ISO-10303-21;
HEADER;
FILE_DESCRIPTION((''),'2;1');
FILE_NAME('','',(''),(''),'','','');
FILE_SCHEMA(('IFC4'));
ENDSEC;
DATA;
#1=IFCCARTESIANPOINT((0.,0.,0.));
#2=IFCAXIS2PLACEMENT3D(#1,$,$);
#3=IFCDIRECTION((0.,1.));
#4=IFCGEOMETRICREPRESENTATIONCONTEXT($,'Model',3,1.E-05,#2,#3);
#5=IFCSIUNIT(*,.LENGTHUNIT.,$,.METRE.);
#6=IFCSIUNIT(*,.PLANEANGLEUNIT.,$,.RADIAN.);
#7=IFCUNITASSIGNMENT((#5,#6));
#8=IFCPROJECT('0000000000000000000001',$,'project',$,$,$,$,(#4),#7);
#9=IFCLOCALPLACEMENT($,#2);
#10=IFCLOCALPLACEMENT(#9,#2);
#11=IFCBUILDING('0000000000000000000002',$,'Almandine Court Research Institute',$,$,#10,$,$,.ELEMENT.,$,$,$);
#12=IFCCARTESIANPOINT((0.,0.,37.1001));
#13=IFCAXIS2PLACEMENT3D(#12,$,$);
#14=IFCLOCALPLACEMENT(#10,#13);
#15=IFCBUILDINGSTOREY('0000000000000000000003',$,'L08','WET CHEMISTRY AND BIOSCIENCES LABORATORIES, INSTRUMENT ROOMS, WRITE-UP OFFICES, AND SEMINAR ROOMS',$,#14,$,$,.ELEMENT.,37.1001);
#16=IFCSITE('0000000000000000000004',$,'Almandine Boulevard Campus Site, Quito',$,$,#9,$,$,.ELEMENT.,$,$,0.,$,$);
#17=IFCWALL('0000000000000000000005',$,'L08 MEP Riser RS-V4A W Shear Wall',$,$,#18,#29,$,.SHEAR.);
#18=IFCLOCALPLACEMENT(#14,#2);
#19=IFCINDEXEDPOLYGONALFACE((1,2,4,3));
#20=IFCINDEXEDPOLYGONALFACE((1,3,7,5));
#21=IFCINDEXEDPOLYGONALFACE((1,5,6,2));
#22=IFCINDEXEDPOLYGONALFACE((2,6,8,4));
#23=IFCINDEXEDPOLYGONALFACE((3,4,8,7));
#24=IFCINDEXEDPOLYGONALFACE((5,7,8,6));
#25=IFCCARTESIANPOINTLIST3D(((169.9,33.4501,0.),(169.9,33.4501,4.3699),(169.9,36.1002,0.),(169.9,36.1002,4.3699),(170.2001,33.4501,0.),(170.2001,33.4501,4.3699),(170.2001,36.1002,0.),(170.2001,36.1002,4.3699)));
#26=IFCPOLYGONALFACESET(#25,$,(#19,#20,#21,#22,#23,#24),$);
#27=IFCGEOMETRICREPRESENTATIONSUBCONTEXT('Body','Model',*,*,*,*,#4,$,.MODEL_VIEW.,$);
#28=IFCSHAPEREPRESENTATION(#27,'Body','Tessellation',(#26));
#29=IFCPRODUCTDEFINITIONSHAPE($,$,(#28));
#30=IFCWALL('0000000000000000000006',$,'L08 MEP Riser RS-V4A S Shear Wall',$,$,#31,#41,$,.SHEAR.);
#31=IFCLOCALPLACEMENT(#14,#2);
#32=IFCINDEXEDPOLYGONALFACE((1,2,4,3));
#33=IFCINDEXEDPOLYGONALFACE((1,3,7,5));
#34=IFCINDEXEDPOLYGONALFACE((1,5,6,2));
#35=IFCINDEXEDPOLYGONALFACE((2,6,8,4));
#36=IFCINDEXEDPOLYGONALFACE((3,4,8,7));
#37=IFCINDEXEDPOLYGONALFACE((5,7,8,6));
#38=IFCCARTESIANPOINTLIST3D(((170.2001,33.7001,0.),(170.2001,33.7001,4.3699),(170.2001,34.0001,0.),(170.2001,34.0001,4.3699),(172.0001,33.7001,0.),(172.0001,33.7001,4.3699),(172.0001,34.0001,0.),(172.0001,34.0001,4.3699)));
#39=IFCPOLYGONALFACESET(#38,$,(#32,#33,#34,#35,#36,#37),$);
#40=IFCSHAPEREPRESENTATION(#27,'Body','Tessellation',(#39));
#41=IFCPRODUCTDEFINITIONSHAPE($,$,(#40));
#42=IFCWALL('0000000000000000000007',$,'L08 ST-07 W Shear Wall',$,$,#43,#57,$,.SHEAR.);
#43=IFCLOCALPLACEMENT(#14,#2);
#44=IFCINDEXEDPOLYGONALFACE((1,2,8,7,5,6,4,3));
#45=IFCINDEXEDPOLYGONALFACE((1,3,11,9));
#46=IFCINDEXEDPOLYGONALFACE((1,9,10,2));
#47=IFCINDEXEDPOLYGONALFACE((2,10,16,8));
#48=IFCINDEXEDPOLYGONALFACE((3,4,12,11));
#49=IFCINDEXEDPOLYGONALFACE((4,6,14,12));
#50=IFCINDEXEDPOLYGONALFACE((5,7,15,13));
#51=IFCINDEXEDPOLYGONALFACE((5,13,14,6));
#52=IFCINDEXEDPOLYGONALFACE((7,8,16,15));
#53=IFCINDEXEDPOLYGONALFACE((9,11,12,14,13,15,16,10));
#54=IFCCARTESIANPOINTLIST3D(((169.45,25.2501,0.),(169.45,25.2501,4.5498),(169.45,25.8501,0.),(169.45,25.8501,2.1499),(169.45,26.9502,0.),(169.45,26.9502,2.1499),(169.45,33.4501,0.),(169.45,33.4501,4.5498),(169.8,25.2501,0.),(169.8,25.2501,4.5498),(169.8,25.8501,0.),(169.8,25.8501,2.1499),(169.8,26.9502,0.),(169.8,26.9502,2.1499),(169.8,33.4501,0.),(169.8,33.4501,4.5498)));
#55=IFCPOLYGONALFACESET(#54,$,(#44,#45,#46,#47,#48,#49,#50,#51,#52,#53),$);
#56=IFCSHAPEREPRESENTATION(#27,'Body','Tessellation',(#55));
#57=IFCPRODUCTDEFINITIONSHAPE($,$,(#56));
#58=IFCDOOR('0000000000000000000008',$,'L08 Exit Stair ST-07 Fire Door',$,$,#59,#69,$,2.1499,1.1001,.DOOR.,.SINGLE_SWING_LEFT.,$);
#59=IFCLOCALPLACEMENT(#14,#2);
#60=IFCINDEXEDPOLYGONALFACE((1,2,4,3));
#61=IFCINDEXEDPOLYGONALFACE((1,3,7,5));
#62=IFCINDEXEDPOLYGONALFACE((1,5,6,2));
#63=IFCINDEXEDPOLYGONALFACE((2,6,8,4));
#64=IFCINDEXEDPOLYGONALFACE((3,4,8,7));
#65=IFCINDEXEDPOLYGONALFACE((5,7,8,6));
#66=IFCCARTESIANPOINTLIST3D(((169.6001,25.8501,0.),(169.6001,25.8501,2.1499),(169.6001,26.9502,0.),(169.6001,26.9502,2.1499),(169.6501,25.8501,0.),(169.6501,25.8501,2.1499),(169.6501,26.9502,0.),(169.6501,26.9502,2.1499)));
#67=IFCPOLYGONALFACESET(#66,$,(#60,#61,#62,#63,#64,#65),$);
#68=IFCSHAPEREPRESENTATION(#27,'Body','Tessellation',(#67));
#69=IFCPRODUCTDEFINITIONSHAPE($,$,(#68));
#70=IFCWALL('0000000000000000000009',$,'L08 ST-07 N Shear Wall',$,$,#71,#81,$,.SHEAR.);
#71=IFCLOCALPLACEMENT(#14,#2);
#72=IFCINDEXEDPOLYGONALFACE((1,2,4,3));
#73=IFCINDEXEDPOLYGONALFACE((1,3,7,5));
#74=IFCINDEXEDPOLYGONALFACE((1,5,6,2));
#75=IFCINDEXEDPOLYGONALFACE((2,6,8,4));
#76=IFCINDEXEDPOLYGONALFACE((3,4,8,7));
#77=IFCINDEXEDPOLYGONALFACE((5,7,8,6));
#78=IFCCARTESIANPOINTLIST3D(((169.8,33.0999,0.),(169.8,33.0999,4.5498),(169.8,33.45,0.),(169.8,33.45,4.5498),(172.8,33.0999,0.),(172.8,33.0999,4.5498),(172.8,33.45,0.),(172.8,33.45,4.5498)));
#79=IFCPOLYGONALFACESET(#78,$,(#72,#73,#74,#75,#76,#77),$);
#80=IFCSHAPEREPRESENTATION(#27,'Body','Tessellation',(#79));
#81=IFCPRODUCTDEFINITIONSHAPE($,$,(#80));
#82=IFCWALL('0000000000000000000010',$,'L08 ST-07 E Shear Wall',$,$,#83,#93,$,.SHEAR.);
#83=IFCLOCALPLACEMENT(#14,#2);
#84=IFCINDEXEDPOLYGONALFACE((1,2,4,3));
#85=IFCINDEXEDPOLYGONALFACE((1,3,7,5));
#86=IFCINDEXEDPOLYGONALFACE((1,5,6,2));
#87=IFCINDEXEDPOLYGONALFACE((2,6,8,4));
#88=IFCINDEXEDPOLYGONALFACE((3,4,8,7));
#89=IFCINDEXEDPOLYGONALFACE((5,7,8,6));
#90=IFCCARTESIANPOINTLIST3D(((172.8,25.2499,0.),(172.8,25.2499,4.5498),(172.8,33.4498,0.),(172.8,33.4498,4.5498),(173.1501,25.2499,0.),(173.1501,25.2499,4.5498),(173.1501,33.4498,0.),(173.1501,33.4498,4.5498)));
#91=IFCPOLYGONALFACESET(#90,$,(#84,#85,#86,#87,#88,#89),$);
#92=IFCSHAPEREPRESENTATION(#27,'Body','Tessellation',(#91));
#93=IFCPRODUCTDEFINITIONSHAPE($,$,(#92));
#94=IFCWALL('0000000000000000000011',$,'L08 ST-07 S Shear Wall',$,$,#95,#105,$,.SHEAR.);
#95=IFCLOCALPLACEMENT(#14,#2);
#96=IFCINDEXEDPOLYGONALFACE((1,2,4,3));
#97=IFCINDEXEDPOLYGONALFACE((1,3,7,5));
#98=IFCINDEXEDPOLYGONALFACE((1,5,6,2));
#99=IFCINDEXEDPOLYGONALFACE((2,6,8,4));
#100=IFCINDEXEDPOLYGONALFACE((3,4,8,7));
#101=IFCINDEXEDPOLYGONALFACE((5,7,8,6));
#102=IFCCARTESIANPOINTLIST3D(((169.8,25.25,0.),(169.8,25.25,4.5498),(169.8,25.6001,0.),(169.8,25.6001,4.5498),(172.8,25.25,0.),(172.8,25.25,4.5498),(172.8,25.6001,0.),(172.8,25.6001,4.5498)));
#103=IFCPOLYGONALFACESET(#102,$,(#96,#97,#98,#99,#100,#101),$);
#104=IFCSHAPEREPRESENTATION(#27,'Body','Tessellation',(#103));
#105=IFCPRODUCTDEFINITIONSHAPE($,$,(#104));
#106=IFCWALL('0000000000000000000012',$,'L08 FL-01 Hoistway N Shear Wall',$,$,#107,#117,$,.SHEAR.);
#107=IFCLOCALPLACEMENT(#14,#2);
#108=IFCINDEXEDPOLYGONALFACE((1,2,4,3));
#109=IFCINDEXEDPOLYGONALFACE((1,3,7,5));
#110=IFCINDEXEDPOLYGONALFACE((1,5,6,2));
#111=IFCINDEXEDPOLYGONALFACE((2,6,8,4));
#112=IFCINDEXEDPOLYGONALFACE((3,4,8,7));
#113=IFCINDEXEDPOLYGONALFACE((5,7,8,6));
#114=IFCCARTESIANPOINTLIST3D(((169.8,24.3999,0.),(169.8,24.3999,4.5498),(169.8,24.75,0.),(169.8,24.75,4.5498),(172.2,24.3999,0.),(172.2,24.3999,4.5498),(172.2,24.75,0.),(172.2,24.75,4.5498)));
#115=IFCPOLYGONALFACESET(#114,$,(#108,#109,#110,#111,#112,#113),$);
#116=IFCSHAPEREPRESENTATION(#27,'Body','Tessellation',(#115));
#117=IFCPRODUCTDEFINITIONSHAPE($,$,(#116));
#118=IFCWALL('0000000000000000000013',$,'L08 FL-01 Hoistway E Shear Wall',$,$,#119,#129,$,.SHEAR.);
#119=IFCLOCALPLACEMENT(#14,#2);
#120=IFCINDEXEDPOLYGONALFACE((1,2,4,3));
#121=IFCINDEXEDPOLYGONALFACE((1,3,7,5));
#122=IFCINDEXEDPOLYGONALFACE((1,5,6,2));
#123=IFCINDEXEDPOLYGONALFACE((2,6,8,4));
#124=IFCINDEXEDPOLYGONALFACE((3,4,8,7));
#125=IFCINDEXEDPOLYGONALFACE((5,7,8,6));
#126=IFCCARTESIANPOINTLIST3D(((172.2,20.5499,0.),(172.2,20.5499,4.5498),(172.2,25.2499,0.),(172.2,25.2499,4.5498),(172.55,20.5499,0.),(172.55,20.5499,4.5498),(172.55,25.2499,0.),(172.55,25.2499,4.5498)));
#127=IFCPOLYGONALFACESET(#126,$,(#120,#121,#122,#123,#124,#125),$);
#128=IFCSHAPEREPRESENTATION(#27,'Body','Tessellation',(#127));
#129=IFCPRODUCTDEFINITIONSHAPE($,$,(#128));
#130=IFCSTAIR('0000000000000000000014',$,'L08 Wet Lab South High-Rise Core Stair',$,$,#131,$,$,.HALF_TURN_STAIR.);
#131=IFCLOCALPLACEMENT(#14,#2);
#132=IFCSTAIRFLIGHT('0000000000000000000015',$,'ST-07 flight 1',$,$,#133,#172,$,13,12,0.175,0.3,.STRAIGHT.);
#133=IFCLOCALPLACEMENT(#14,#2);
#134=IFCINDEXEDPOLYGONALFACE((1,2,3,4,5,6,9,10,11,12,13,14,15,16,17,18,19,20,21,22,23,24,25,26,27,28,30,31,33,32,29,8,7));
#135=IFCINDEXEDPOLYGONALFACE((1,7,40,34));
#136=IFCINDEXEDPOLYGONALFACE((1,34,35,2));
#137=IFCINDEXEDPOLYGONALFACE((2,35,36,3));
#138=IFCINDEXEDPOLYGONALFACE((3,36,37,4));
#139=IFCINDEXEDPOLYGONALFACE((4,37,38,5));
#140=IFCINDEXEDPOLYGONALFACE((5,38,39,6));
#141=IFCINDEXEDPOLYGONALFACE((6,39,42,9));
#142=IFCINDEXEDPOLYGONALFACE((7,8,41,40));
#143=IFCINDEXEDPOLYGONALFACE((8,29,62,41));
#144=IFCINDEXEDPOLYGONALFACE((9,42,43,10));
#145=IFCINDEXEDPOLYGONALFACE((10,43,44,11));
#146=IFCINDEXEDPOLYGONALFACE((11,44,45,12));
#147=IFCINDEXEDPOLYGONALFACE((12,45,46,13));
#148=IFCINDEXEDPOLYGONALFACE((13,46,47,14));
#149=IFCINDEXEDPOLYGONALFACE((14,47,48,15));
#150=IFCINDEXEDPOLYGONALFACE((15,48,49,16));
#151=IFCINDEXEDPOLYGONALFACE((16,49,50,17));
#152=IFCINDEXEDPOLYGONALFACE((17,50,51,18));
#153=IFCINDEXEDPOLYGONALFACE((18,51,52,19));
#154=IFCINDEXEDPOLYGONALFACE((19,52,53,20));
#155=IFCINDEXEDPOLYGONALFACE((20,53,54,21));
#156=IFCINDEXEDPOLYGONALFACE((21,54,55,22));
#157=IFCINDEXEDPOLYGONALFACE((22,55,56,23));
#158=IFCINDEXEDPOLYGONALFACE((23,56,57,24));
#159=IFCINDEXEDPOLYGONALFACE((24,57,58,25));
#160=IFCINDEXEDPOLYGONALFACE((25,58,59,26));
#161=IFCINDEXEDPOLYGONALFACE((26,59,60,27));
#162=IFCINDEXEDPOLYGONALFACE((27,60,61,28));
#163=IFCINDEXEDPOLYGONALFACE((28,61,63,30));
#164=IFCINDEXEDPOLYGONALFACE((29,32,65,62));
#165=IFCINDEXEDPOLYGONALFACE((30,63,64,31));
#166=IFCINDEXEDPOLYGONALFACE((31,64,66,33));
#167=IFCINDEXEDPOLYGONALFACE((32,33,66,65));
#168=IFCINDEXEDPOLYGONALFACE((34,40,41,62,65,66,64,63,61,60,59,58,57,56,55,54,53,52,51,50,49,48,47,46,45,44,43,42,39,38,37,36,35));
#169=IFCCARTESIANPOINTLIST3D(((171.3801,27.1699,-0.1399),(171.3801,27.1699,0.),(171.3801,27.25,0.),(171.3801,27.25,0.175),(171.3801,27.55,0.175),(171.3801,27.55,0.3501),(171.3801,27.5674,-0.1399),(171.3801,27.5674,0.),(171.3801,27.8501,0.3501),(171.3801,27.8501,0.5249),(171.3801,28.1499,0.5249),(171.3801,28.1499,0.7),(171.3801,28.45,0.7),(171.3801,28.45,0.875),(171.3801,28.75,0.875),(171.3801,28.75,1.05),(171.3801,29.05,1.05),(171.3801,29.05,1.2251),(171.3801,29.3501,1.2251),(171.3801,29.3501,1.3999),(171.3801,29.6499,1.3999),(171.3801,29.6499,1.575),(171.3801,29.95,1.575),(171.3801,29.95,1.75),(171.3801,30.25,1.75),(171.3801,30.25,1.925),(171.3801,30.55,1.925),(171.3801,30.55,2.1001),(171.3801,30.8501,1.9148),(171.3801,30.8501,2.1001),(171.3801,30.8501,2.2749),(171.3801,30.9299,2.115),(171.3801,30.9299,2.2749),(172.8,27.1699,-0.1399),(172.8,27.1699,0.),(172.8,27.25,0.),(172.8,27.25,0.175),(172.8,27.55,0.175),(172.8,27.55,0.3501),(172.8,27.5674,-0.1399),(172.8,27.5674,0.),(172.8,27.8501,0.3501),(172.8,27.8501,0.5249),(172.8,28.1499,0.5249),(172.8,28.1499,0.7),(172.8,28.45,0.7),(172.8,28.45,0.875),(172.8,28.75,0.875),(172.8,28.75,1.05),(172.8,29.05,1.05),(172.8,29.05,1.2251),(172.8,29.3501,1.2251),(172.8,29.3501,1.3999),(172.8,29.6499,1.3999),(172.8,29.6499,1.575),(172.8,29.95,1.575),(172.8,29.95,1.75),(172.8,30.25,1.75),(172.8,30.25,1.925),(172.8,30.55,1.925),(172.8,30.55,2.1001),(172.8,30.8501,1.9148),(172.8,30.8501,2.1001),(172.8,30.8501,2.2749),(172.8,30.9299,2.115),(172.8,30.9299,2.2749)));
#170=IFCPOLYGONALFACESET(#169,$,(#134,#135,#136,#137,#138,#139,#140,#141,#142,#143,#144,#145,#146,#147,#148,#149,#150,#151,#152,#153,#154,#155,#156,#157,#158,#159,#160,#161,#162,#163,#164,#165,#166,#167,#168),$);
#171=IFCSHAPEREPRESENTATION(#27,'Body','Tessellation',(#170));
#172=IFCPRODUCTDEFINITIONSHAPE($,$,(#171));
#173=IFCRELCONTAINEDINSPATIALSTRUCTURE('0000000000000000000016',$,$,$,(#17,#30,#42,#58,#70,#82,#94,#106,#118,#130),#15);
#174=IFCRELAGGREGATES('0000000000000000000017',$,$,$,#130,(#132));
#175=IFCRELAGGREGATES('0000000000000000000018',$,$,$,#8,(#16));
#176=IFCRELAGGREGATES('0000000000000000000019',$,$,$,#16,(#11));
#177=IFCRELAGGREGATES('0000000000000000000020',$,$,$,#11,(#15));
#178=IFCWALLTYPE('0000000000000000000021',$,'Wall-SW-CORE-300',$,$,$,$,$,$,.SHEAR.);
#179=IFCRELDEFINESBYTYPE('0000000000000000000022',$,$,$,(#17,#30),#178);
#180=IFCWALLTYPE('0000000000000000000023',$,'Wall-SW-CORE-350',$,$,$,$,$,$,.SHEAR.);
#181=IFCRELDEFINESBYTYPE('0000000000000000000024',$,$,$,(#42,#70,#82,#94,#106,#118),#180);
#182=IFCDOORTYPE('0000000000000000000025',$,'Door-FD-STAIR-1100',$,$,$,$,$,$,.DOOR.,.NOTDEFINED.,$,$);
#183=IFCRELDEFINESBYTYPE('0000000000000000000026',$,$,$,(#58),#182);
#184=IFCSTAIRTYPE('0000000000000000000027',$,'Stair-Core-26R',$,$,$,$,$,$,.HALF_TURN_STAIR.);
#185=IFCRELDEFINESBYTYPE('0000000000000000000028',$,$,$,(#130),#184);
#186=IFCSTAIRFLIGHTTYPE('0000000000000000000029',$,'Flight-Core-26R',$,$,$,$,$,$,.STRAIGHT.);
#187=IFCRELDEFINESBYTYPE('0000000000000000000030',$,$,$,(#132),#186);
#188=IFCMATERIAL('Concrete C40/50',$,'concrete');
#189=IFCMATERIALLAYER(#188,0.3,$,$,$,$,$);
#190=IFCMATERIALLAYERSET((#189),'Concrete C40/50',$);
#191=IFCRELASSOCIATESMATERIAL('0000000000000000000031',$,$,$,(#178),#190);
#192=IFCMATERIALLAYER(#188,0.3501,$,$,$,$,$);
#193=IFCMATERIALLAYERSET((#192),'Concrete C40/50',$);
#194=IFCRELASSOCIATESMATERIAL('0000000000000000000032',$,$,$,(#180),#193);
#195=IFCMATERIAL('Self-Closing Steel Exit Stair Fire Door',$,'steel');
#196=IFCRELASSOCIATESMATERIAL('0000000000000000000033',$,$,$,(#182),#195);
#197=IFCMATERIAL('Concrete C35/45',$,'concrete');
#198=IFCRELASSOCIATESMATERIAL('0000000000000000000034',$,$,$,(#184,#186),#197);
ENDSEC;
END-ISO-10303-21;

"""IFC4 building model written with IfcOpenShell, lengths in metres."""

from ifc_helpers import new_model, si_unit, direction, frame, frame_2d, origin, place, context, subcontext, project, spatial, polyline, rectangle, outline, extrude, material, layer, layer_set, type_object, element, fill, aggregate, save


model = new_model("IFC4")

# Units and contexts
model_context = context("Model", 3, precision=1e-05, world=origin(), true_north=direction((0.0, 1.0)))
body_context = subcontext(model_context, "Body", "Model", "MODEL_VIEW")
ifc_project = project(units=[si_unit("LENGTHUNIT", "METRE"), si_unit("PLANEANGLEUNIT", "RADIAN")], contexts=[model_context])

# Site, building, storey
site_placement = place(None, origin())
site = spatial("IfcSite", under=ifc_project, at=site_placement, Name="Almandine Boulevard Campus Site, Quito", CompositionType="ELEMENT", RefElevation=0.0)
building_placement = place(site_placement, origin())
building = spatial("IfcBuilding", under=site, at=building_placement, Name="Almandine Court Research Institute", CompositionType="ELEMENT")
storey_placement = place(building_placement, frame((0.0, 0.0, 37.1001)))
storey = spatial("IfcBuildingStorey", under=building, at=storey_placement, Name="L08", Description="WET CHEMISTRY AND BIOSCIENCES LABORATORIES, INSTRUMENT ROOMS, WRITE-UP OFFICES, AND SEMINAR ROOMS", CompositionType="ELEMENT", Elevation=37.1001)

# Walls
ifc_material_1 = material(Name="Concrete C40/50", Category="concrete")
ifc_layer_1 = layer(ifc_material_1, 0.3)
ifc_layer_set_1 = layer_set([ifc_layer_1], Name="Concrete C40/50")
wall_type_1 = type_object("IfcWallType", Name="Wall-SW-CORE-300", PredefinedType="SHEAR", material=ifc_layer_set_1)
wall_1_placement = place(storey_placement, frame((170.05, 33.45, 0.0), z_axis=(0.0, 0.0, 1.0), x_axis=(0.0, 1.0, 0.0)))
element("IfcWall", 1, at=wall_1_placement, inside=storey, type_object=wall_type_1, Name="L08 MEP Riser RS-V4A W Shear Wall", PredefinedType="SHEAR", context=body_context, shape_type="SweptSolid", body=[
    extrude(rectangle(XDim=2.6501, YDim=0.3, at=frame_2d((1.3252, 0.0))), origin(), (0.0, 0.0, 1.0), 4.3699),
])
wall_2_placement = place(storey_placement, frame((172.0, 33.8501, 0.0), z_axis=(0.0, 0.0, 1.0), x_axis=(-1.0, 0.0, 0.0)))
element("IfcWall", 2, at=wall_2_placement, inside=storey, type_object=wall_type_1, Name="L08 MEP Riser RS-V4A S Shear Wall", PredefinedType="SHEAR", context=body_context, shape_type="SweptSolid", body=[
    extrude(rectangle(XDim=1.8, YDim=0.3, at=frame_2d((0.8999, 0.0))), origin(), (0.0, 0.0, 1.0), 4.3699),
])

# Wall, opening, door
ifc_layer_2 = layer(ifc_material_1, 0.3501)
ifc_layer_set_2 = layer_set([ifc_layer_2], Name="Concrete C40/50")
wall_type_2 = type_object("IfcWallType", Name="Wall-SW-CORE-350", PredefinedType="SHEAR", material=ifc_layer_set_2)
wall_3_placement = place(storey_placement, frame((169.625, 25.25, 0.0), z_axis=(0.0, 0.0, 1.0), x_axis=(0.0, 1.0, 0.0)))
wall_3 = element("IfcWall", 3, at=wall_3_placement, inside=storey, type_object=wall_type_2, Name="L08 ST-07 W Shear Wall", PredefinedType="SHEAR", context=body_context, shape_type="SweptSolid", body=[
    extrude(rectangle(XDim=8.2, YDim=0.3501, at=frame_2d((4.1001, 0.0))), origin(), (0.0, 0.0, 1.0), 4.5498),
])
opening_1_placement = place(wall_3_placement, frame((0.6001, 0.0, 0.0)))
opening_1 = element("IfcOpeningElement", 4, at=opening_1_placement, cuts=wall_3, PredefinedType="OPENING", context=body_context, shape_type="SweptSolid", body=[
    extrude(rectangle(XDim=1.1001, YDim=2.1499, at=frame_2d((0.55, 1.075))), frame((0.0, 0.1851, 0.0), z_axis=(0.0, -1.0, 0.0), x_axis=(1.0, 0.0, 0.0)), (0.0, 0.0, 1.0), 0.3701),
])
ifc_material_2 = material(Name="Self-Closing Steel Exit Stair Fire Door", Category="steel")
door_type = type_object("IfcDoorType", Name="Door-FD-STAIR-1100", OperationType="NOTDEFINED", PredefinedType="DOOR", material=ifc_material_2)
door_placement = place(opening_1_placement, origin())
door = element("IfcDoor", 5, at=door_placement, inside=storey, type_object=door_type, Name="L08 Exit Stair ST-07 Fire Door", OperationType="SINGLE_SWING_LEFT", OverallHeight=2.1499, OverallWidth=1.1001, PredefinedType="DOOR", context=body_context, shape_type="SweptSolid", body=[
    extrude(rectangle(XDim=1.1001, YDim=2.1499, at=frame_2d((0.55, 1.075))), frame((0.0, 0.0249, 0.0), z_axis=(0.0, -1.0, 0.0), x_axis=(1.0, 0.0, 0.0)), (0.0, 0.0, 1.0), 0.05),
])
fill(opening_1, door)

# Walls
wall_4_placement = place(storey_placement, frame((169.8, 33.2749, 0.0), z_axis=(0.0, 0.0, 1.0), x_axis=(1.0, 0.0, 0.0)))
element("IfcWall", 6, at=wall_4_placement, inside=storey, type_object=wall_type_2, Name="L08 ST-07 N Shear Wall", PredefinedType="SHEAR", context=body_context, shape_type="SweptSolid", body=[
    extrude(rectangle(XDim=3.0, YDim=0.3501, at=frame_2d((1.5, 0.0))), origin(), (0.0, 0.0, 1.0), 4.5498),
])
wall_5_placement = place(storey_placement, frame((172.9751, 33.45, 0.0), z_axis=(0.0, 0.0, 1.0), x_axis=(0.0, -1.0, 0.0)))
element("IfcWall", 7, at=wall_5_placement, inside=storey, type_object=wall_type_2, Name="L08 ST-07 E Shear Wall", PredefinedType="SHEAR", context=body_context, shape_type="SweptSolid", body=[
    extrude(rectangle(XDim=8.2, YDim=0.3501, at=frame_2d((4.1001, 0.0))), origin(), (0.0, 0.0, 1.0), 4.5498),
])
wall_6_placement = place(storey_placement, frame((172.8, 25.425, 0.0), z_axis=(0.0, 0.0, 1.0), x_axis=(-1.0, 0.0, 0.0)))
element("IfcWall", 8, at=wall_6_placement, inside=storey, type_object=wall_type_2, Name="L08 ST-07 S Shear Wall", PredefinedType="SHEAR", context=body_context, shape_type="SweptSolid", body=[
    extrude(rectangle(XDim=3.0, YDim=0.3501, at=frame_2d((1.5, 0.0))), origin(), (0.0, 0.0, 1.0), 4.5498),
])
wall_7_placement = place(storey_placement, frame((169.8, 24.575, 0.0), z_axis=(0.0, 0.0, 1.0), x_axis=(1.0, 0.0, 0.0)))
element("IfcWall", 9, at=wall_7_placement, inside=storey, type_object=wall_type_2, Name="L08 FL-01 Hoistway N Shear Wall", PredefinedType="SHEAR", context=body_context, shape_type="SweptSolid", body=[
    extrude(rectangle(XDim=2.3999, YDim=0.3501, at=frame_2d((1.2, 0.0))), origin(), (0.0, 0.0, 1.0), 4.5498),
])
wall_8_placement = place(storey_placement, frame((172.375, 25.25, 0.0), z_axis=(0.0, 0.0, 1.0), x_axis=(0.0, -1.0, 0.0)))
element("IfcWall", 10, at=wall_8_placement, inside=storey, type_object=wall_type_2, Name="L08 FL-01 Hoistway E Shear Wall", PredefinedType="SHEAR", context=body_context, shape_type="SweptSolid", body=[
    extrude(rectangle(XDim=4.7, YDim=0.3501, at=frame_2d((2.3501, 0.0))), origin(), (0.0, 0.0, 1.0), 4.5498),
])

# Stair, stair flight
ifc_material_3 = material(Name="Concrete C35/45", Category="concrete")
stair_type = type_object("IfcStairType", Name="Stair-Core-26R", PredefinedType="HALF_TURN_STAIR", material=ifc_material_3)
stair_placement = place(storey_placement, origin())
stair = element("IfcStair", 11, at=stair_placement, inside=storey, type_object=stair_type, Name="L08 Wet Lab South High-Rise Core Stair", PredefinedType="HALF_TURN_STAIR")
stair_flight_type = type_object("IfcStairFlightType", Name="Flight-Core-26R", PredefinedType="STRAIGHT", material=ifc_material_3)
stair_flight_1_placement = place(storey_placement, frame((172.0901, 27.25, 0.0), z_axis=(0.0, 0.0, 1.0), x_axis=(0.0, 1.0, 0.0)))
stair_flight_1 = element("IfcStairFlight", 12, at=stair_flight_1_placement, type_object=stair_flight_type, Name="ST-07 flight 1", NumberOfRisers=13, NumberOfTreads=12, PredefinedType="STRAIGHT", RiserHeight=0.175, TreadLength=0.3, context=body_context, shape_type="SweptSolid", body=[
    extrude(outline(polyline([(-0.0801, -0.1399), (-0.0801, 0.0), (0.0, 0.0), (0.0, 0.175), (0.3, 0.175), (0.3, 0.3501), (0.6001, 0.3501), (0.6001, 0.5249), (0.8999, 0.5249), (0.8999, 0.7), (1.2, 0.7), (1.2, 0.875), (1.5, 0.875), (1.5, 1.05), (1.8, 1.05), (1.8, 1.2251), (2.1001, 1.2251), (2.1001, 1.3999), (2.3999, 1.3999), (2.3999, 1.575), (2.7, 1.575), (2.7, 1.75), (3.0, 1.75), (3.0, 1.925), (3.3, 1.925), (3.3, 2.1001), (3.6001, 2.1001), (3.6001, 2.2749), (3.6799, 2.2749), (3.6799, 2.115), (3.6001, 1.9148), (0.3174, 0.0), (0.3174, -0.1399), (-0.0801, -0.1399)])), frame((0.0, 0.71, 0.0), z_axis=(0.0, -1.0, 0.0), x_axis=(1.0, 0.0, 0.0)), (0.0, 0.0, 1.0), 1.4199),
])
aggregate(stair, [stair_flight_1])

save(model, "model.ifc")
